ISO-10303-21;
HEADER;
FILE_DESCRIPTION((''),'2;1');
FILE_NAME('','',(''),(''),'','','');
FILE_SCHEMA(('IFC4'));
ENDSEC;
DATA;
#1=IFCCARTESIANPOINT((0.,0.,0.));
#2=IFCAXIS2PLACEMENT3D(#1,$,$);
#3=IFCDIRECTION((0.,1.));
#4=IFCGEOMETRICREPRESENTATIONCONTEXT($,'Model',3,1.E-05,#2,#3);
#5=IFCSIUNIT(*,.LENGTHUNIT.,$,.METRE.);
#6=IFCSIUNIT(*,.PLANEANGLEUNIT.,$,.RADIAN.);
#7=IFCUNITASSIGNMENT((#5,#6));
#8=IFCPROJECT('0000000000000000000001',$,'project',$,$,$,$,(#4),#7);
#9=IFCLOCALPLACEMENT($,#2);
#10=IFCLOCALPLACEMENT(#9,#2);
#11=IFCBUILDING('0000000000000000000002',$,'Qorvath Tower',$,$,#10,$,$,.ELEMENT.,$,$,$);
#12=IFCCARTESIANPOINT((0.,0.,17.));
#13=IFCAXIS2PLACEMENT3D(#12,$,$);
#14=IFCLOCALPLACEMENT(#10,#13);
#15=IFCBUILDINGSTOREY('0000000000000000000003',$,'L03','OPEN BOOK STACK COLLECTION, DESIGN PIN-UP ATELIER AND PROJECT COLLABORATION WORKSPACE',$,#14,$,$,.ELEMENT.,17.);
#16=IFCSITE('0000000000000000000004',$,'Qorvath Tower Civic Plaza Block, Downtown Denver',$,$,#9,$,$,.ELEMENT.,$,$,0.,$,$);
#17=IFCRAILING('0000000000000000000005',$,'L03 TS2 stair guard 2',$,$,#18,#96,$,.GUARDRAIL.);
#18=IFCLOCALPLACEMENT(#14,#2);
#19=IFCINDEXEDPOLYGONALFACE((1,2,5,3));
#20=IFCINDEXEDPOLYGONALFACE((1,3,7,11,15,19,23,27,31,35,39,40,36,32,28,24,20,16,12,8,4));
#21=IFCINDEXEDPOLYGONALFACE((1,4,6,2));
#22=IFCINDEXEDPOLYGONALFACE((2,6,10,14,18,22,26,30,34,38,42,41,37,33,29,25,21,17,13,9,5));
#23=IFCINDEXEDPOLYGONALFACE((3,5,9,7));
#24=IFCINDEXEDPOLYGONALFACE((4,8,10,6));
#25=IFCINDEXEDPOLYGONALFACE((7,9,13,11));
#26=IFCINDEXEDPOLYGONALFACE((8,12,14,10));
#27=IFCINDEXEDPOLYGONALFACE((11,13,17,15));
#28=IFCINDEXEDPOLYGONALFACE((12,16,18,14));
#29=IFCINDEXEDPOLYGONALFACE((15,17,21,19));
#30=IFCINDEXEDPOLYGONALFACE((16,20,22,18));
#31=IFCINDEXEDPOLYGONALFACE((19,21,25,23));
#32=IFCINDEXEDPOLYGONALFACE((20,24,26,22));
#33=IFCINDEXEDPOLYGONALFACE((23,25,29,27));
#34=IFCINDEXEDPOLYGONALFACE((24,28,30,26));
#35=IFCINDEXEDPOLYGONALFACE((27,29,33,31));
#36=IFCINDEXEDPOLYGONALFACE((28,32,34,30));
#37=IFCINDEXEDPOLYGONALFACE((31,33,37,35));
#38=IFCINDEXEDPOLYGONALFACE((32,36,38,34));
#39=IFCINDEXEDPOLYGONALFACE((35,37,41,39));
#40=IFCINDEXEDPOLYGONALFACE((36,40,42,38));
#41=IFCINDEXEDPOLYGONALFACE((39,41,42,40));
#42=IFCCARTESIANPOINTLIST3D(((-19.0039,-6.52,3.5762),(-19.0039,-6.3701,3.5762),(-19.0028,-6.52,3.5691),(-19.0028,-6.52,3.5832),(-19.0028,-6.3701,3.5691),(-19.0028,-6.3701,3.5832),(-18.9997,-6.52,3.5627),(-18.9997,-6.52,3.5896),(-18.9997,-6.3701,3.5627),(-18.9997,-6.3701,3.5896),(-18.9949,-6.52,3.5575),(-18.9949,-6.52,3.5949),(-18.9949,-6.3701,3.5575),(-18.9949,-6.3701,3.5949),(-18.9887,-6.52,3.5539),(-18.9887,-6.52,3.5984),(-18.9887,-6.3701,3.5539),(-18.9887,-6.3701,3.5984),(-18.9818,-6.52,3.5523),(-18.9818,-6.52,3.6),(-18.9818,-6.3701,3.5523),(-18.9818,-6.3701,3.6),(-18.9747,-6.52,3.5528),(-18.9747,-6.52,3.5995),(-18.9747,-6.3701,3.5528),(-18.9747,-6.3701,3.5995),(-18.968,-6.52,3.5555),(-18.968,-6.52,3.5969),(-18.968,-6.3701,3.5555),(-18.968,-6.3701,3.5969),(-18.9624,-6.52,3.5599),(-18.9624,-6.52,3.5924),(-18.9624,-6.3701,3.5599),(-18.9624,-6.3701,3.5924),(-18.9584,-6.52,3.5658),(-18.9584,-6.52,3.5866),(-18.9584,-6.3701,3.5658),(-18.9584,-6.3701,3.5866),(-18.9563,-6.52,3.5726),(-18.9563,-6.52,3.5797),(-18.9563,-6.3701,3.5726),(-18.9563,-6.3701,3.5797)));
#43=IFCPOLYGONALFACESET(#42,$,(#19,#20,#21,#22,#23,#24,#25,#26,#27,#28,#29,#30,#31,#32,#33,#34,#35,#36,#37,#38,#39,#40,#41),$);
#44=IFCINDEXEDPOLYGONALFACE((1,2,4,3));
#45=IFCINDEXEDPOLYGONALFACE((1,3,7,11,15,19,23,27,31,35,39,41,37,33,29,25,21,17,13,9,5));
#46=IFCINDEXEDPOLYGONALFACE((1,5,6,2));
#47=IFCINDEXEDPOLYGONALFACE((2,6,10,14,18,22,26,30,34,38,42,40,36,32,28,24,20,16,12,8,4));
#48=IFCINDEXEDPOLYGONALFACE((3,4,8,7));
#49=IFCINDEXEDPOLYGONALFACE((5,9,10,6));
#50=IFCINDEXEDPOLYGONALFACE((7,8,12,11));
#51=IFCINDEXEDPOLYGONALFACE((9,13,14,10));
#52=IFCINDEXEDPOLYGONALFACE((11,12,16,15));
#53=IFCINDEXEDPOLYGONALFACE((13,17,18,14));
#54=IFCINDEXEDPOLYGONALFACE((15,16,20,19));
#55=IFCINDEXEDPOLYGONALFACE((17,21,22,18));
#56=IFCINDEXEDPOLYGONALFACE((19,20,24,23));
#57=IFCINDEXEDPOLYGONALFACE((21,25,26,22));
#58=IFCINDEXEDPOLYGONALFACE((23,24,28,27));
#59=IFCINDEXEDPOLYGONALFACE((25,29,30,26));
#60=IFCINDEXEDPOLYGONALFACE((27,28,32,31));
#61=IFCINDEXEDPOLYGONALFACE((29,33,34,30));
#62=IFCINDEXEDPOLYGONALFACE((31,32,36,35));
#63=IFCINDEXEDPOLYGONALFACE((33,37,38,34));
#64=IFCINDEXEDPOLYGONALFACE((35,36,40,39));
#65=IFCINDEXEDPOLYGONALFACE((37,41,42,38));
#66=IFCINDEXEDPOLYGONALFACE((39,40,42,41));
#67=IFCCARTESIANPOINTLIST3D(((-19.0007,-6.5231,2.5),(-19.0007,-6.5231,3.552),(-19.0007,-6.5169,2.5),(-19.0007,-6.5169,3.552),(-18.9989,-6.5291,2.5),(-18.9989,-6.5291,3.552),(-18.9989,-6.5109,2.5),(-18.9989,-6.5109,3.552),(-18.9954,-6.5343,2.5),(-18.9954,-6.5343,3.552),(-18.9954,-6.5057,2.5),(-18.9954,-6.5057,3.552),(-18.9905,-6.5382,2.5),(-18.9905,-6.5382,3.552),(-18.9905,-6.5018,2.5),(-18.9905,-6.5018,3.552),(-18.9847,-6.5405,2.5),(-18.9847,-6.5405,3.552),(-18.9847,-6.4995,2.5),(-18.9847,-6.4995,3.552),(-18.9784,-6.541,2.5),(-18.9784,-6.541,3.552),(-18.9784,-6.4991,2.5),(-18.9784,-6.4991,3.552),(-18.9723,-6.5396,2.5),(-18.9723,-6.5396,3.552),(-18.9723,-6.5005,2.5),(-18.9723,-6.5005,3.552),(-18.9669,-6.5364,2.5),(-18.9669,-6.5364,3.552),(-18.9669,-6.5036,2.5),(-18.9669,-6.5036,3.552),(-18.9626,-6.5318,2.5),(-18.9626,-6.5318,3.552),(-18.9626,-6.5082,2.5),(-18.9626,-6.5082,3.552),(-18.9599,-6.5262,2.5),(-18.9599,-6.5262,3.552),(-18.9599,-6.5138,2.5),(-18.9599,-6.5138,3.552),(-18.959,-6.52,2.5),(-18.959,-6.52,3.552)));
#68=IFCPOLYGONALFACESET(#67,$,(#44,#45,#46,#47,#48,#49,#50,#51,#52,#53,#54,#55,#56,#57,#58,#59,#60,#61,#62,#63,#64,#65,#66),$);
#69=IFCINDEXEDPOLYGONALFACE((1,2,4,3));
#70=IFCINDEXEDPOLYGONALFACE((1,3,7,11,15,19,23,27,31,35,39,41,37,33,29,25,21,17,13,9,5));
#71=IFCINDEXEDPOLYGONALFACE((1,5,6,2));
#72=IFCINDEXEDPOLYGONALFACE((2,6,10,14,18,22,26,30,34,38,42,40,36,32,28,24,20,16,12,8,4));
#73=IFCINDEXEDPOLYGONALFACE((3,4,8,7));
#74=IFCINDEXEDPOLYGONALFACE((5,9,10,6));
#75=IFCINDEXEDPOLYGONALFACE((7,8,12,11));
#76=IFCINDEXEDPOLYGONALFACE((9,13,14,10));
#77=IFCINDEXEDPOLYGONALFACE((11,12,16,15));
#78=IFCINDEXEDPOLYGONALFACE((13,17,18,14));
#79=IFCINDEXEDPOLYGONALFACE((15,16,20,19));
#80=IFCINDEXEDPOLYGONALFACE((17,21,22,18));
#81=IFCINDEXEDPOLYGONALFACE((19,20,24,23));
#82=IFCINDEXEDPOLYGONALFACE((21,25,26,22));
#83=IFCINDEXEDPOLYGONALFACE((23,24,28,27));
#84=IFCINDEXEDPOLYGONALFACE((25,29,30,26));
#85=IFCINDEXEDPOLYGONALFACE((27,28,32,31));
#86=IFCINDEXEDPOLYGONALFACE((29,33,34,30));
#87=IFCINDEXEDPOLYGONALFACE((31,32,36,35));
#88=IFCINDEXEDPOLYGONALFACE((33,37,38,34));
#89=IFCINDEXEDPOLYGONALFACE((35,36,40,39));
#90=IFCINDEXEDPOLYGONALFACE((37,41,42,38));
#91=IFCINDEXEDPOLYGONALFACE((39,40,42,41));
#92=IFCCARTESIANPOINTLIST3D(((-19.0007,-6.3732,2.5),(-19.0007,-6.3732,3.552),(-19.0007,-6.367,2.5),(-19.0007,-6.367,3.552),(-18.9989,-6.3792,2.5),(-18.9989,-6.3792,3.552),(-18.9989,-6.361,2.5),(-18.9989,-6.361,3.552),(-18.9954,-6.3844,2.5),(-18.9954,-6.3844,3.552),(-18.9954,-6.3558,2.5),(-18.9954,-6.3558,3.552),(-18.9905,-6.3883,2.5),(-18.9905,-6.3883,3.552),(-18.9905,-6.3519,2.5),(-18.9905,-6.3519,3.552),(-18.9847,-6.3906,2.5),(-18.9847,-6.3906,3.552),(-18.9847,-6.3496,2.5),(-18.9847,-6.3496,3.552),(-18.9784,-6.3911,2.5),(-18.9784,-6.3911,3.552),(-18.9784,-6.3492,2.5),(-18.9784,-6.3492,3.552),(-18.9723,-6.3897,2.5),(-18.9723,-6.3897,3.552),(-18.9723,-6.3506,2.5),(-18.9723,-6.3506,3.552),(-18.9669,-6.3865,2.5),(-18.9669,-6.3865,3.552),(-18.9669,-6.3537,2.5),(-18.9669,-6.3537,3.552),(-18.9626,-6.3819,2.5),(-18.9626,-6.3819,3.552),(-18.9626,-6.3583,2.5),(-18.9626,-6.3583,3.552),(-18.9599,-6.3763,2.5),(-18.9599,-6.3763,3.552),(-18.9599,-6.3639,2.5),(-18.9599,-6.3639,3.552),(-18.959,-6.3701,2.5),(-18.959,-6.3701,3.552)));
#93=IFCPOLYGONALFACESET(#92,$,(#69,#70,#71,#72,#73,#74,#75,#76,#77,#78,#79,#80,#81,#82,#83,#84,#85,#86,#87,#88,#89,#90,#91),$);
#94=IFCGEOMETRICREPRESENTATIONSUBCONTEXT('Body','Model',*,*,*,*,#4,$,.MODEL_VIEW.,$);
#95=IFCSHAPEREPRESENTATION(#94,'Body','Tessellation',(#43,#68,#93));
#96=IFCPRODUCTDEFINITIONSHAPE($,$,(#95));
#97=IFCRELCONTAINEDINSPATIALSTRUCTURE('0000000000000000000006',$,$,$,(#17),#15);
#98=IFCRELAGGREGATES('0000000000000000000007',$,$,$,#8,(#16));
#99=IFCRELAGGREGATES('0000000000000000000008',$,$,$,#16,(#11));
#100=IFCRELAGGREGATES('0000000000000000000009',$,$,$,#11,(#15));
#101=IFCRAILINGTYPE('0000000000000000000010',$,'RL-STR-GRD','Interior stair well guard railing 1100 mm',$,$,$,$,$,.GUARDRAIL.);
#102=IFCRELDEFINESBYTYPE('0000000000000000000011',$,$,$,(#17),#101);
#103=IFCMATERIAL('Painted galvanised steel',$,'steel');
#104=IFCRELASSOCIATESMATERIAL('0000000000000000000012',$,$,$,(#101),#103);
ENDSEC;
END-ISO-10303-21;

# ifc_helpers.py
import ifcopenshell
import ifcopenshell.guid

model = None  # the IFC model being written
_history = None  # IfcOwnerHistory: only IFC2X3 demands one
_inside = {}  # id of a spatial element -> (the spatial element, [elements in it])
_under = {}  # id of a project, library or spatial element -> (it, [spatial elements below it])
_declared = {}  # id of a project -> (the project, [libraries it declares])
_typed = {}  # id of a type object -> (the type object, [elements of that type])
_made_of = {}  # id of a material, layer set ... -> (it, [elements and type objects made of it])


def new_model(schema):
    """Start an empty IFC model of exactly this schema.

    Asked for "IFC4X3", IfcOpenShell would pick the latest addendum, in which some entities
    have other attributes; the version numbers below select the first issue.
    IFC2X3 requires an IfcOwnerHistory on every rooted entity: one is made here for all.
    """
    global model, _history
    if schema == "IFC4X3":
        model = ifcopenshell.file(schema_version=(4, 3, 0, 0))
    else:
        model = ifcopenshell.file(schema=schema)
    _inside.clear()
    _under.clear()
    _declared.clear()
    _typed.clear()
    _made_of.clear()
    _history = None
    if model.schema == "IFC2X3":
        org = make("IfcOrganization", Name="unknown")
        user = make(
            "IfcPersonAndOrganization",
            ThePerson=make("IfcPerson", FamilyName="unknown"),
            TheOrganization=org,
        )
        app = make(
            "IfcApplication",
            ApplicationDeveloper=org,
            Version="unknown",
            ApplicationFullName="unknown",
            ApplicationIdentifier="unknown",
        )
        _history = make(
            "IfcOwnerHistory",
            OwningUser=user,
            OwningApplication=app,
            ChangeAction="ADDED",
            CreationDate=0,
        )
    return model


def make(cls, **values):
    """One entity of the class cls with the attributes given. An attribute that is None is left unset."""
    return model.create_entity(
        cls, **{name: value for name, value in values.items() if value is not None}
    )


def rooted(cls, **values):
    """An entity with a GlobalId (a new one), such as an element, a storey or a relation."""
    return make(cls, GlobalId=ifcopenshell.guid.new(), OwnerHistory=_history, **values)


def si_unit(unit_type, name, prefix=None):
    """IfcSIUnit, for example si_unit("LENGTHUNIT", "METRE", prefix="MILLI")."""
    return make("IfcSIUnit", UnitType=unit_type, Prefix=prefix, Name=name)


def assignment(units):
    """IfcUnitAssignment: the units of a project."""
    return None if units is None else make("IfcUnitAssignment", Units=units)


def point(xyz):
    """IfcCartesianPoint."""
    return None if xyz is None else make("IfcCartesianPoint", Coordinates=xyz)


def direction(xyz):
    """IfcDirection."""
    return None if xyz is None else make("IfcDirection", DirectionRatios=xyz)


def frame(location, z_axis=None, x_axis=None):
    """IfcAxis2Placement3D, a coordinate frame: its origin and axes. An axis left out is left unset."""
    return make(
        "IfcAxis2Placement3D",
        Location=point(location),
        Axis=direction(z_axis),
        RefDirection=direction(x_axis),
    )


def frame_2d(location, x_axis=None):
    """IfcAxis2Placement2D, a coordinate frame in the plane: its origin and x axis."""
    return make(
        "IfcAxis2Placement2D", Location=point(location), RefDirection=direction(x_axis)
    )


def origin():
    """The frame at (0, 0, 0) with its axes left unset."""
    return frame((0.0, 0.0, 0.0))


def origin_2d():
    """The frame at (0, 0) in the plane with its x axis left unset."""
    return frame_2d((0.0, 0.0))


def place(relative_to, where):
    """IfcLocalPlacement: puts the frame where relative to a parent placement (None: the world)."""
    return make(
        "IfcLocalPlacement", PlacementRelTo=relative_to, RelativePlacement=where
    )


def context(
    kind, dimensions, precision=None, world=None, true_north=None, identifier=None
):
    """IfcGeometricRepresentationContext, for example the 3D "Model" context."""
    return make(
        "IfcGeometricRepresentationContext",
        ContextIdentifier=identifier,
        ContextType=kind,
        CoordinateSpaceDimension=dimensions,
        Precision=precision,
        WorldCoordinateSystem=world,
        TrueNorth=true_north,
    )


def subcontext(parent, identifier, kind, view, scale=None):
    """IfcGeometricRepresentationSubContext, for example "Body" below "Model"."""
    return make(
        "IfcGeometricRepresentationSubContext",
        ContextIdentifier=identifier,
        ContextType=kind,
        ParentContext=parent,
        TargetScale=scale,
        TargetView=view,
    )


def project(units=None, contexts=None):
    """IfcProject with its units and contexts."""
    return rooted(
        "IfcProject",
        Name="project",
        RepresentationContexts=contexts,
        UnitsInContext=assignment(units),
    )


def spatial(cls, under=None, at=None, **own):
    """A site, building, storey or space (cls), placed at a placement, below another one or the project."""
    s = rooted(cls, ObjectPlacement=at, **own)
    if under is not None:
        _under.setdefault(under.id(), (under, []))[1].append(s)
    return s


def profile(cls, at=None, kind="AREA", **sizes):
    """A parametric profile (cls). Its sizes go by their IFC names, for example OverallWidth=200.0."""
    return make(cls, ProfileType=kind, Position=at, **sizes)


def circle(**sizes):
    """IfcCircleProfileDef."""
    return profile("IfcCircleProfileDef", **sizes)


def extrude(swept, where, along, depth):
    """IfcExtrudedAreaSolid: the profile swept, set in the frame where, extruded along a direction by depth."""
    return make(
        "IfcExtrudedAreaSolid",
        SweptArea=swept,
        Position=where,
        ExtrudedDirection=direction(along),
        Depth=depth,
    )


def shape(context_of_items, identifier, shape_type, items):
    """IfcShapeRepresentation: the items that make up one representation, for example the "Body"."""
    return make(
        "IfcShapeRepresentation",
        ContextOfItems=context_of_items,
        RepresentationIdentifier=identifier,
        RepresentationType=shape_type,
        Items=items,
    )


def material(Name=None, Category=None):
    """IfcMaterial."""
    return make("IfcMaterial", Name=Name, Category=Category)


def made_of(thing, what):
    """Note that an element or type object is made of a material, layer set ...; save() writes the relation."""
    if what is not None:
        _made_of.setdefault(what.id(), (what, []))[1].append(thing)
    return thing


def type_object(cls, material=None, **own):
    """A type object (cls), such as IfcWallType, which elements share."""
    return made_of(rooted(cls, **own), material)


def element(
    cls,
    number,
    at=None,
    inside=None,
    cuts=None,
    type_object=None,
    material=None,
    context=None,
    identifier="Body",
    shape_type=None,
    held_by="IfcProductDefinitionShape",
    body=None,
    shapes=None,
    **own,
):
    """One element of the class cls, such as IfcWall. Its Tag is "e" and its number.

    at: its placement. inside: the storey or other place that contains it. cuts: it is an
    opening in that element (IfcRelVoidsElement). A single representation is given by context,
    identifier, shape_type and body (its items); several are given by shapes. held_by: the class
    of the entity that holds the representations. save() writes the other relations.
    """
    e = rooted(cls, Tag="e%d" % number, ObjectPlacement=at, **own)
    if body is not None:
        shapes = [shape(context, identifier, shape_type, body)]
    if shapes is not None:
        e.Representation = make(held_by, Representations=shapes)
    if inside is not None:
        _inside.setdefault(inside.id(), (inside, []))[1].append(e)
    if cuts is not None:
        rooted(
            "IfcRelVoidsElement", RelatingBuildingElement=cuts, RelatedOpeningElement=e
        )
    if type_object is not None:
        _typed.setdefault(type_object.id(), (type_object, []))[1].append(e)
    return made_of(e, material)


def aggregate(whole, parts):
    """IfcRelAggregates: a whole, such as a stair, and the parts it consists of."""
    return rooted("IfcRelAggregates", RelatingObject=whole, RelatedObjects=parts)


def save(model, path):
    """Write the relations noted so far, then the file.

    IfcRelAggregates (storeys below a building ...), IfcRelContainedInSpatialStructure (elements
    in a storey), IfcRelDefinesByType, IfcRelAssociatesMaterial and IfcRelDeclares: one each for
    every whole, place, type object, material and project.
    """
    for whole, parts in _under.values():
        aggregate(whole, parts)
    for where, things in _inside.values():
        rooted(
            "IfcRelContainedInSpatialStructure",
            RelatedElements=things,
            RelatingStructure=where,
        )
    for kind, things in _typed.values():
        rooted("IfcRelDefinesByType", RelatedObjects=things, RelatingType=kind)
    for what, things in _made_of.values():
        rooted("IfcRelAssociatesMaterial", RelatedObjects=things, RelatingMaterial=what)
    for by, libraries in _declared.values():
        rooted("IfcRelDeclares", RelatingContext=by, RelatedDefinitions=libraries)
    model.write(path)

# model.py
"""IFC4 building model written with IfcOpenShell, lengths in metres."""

from ifc_helpers import new_model, si_unit, direction, frame, origin, origin_2d, place, context, subcontext, project, spatial, circle, extrude, material, type_object, element, save


model = new_model("IFC4")

# Units and contexts
model_context = context("Model", 3, precision=1e-05, world=origin(), true_north=direction((0.0, 1.0)))
body_context = subcontext(model_context, "Body", "Model", "MODEL_VIEW")
ifc_project = project(units=[si_unit("LENGTHUNIT", "METRE"), si_unit("PLANEANGLEUNIT", "RADIAN")], contexts=[model_context])

# Site, building, storey
site_placement = place(None, origin())
site = spatial("IfcSite", under=ifc_project, at=site_placement, Name="Qorvath Tower Civic Plaza Block, Downtown Denver", CompositionType="ELEMENT", RefElevation=0.0)
building_placement = place(site_placement, origin())
building = spatial("IfcBuilding", under=site, at=building_placement, Name="Qorvath Tower", CompositionType="ELEMENT")
storey_placement = place(building_placement, frame((0.0, 0.0, 17.0)))
storey = spatial("IfcBuildingStorey", under=building, at=storey_placement, Name="L03", Description="OPEN BOOK STACK COLLECTION, DESIGN PIN-UP ATELIER AND PROJECT COLLABORATION WORKSPACE", CompositionType="ELEMENT", Elevation=17.0)

# Railing
ifc_material_1 = material(Name="Painted galvanised steel", Category="steel")
railing_type_1 = type_object("IfcRailingType", Name="RL-STR-GRD", Description="Interior stair well guard railing 1100 mm", PredefinedType="GUARDRAIL", material=ifc_material_1)
railing_1_placement = place(storey_placement, frame((-18.98, -6.52, 2.5)))
element("IfcRailing", 1, at=railing_1_placement, inside=storey, type_object=railing_type_1, Name="L03 TS2 stair guard 2", PredefinedType="GUARDRAIL", context=body_context, shape_type="SweptSolid", body=[
    extrude(circle(Radius=0.0239, at=origin_2d()), frame((0.0, 0.0, 1.0762), z_axis=(0.0, 1.0, 0.0), x_axis=(-1.0, 0.0, 0.0)), (0.0, 0.0, 1.0), 0.1499),
    extrude(circle(Radius=0.021, at=origin_2d()), origin(), (0.0, 0.0, 1.0), 1.052),
    extrude(circle(Radius=0.021, at=origin_2d()), frame((0.0, 0.1499, 0.0)), (0.0, 0.0, 1.0), 1.052),
])

save(model, "model.ifc")
